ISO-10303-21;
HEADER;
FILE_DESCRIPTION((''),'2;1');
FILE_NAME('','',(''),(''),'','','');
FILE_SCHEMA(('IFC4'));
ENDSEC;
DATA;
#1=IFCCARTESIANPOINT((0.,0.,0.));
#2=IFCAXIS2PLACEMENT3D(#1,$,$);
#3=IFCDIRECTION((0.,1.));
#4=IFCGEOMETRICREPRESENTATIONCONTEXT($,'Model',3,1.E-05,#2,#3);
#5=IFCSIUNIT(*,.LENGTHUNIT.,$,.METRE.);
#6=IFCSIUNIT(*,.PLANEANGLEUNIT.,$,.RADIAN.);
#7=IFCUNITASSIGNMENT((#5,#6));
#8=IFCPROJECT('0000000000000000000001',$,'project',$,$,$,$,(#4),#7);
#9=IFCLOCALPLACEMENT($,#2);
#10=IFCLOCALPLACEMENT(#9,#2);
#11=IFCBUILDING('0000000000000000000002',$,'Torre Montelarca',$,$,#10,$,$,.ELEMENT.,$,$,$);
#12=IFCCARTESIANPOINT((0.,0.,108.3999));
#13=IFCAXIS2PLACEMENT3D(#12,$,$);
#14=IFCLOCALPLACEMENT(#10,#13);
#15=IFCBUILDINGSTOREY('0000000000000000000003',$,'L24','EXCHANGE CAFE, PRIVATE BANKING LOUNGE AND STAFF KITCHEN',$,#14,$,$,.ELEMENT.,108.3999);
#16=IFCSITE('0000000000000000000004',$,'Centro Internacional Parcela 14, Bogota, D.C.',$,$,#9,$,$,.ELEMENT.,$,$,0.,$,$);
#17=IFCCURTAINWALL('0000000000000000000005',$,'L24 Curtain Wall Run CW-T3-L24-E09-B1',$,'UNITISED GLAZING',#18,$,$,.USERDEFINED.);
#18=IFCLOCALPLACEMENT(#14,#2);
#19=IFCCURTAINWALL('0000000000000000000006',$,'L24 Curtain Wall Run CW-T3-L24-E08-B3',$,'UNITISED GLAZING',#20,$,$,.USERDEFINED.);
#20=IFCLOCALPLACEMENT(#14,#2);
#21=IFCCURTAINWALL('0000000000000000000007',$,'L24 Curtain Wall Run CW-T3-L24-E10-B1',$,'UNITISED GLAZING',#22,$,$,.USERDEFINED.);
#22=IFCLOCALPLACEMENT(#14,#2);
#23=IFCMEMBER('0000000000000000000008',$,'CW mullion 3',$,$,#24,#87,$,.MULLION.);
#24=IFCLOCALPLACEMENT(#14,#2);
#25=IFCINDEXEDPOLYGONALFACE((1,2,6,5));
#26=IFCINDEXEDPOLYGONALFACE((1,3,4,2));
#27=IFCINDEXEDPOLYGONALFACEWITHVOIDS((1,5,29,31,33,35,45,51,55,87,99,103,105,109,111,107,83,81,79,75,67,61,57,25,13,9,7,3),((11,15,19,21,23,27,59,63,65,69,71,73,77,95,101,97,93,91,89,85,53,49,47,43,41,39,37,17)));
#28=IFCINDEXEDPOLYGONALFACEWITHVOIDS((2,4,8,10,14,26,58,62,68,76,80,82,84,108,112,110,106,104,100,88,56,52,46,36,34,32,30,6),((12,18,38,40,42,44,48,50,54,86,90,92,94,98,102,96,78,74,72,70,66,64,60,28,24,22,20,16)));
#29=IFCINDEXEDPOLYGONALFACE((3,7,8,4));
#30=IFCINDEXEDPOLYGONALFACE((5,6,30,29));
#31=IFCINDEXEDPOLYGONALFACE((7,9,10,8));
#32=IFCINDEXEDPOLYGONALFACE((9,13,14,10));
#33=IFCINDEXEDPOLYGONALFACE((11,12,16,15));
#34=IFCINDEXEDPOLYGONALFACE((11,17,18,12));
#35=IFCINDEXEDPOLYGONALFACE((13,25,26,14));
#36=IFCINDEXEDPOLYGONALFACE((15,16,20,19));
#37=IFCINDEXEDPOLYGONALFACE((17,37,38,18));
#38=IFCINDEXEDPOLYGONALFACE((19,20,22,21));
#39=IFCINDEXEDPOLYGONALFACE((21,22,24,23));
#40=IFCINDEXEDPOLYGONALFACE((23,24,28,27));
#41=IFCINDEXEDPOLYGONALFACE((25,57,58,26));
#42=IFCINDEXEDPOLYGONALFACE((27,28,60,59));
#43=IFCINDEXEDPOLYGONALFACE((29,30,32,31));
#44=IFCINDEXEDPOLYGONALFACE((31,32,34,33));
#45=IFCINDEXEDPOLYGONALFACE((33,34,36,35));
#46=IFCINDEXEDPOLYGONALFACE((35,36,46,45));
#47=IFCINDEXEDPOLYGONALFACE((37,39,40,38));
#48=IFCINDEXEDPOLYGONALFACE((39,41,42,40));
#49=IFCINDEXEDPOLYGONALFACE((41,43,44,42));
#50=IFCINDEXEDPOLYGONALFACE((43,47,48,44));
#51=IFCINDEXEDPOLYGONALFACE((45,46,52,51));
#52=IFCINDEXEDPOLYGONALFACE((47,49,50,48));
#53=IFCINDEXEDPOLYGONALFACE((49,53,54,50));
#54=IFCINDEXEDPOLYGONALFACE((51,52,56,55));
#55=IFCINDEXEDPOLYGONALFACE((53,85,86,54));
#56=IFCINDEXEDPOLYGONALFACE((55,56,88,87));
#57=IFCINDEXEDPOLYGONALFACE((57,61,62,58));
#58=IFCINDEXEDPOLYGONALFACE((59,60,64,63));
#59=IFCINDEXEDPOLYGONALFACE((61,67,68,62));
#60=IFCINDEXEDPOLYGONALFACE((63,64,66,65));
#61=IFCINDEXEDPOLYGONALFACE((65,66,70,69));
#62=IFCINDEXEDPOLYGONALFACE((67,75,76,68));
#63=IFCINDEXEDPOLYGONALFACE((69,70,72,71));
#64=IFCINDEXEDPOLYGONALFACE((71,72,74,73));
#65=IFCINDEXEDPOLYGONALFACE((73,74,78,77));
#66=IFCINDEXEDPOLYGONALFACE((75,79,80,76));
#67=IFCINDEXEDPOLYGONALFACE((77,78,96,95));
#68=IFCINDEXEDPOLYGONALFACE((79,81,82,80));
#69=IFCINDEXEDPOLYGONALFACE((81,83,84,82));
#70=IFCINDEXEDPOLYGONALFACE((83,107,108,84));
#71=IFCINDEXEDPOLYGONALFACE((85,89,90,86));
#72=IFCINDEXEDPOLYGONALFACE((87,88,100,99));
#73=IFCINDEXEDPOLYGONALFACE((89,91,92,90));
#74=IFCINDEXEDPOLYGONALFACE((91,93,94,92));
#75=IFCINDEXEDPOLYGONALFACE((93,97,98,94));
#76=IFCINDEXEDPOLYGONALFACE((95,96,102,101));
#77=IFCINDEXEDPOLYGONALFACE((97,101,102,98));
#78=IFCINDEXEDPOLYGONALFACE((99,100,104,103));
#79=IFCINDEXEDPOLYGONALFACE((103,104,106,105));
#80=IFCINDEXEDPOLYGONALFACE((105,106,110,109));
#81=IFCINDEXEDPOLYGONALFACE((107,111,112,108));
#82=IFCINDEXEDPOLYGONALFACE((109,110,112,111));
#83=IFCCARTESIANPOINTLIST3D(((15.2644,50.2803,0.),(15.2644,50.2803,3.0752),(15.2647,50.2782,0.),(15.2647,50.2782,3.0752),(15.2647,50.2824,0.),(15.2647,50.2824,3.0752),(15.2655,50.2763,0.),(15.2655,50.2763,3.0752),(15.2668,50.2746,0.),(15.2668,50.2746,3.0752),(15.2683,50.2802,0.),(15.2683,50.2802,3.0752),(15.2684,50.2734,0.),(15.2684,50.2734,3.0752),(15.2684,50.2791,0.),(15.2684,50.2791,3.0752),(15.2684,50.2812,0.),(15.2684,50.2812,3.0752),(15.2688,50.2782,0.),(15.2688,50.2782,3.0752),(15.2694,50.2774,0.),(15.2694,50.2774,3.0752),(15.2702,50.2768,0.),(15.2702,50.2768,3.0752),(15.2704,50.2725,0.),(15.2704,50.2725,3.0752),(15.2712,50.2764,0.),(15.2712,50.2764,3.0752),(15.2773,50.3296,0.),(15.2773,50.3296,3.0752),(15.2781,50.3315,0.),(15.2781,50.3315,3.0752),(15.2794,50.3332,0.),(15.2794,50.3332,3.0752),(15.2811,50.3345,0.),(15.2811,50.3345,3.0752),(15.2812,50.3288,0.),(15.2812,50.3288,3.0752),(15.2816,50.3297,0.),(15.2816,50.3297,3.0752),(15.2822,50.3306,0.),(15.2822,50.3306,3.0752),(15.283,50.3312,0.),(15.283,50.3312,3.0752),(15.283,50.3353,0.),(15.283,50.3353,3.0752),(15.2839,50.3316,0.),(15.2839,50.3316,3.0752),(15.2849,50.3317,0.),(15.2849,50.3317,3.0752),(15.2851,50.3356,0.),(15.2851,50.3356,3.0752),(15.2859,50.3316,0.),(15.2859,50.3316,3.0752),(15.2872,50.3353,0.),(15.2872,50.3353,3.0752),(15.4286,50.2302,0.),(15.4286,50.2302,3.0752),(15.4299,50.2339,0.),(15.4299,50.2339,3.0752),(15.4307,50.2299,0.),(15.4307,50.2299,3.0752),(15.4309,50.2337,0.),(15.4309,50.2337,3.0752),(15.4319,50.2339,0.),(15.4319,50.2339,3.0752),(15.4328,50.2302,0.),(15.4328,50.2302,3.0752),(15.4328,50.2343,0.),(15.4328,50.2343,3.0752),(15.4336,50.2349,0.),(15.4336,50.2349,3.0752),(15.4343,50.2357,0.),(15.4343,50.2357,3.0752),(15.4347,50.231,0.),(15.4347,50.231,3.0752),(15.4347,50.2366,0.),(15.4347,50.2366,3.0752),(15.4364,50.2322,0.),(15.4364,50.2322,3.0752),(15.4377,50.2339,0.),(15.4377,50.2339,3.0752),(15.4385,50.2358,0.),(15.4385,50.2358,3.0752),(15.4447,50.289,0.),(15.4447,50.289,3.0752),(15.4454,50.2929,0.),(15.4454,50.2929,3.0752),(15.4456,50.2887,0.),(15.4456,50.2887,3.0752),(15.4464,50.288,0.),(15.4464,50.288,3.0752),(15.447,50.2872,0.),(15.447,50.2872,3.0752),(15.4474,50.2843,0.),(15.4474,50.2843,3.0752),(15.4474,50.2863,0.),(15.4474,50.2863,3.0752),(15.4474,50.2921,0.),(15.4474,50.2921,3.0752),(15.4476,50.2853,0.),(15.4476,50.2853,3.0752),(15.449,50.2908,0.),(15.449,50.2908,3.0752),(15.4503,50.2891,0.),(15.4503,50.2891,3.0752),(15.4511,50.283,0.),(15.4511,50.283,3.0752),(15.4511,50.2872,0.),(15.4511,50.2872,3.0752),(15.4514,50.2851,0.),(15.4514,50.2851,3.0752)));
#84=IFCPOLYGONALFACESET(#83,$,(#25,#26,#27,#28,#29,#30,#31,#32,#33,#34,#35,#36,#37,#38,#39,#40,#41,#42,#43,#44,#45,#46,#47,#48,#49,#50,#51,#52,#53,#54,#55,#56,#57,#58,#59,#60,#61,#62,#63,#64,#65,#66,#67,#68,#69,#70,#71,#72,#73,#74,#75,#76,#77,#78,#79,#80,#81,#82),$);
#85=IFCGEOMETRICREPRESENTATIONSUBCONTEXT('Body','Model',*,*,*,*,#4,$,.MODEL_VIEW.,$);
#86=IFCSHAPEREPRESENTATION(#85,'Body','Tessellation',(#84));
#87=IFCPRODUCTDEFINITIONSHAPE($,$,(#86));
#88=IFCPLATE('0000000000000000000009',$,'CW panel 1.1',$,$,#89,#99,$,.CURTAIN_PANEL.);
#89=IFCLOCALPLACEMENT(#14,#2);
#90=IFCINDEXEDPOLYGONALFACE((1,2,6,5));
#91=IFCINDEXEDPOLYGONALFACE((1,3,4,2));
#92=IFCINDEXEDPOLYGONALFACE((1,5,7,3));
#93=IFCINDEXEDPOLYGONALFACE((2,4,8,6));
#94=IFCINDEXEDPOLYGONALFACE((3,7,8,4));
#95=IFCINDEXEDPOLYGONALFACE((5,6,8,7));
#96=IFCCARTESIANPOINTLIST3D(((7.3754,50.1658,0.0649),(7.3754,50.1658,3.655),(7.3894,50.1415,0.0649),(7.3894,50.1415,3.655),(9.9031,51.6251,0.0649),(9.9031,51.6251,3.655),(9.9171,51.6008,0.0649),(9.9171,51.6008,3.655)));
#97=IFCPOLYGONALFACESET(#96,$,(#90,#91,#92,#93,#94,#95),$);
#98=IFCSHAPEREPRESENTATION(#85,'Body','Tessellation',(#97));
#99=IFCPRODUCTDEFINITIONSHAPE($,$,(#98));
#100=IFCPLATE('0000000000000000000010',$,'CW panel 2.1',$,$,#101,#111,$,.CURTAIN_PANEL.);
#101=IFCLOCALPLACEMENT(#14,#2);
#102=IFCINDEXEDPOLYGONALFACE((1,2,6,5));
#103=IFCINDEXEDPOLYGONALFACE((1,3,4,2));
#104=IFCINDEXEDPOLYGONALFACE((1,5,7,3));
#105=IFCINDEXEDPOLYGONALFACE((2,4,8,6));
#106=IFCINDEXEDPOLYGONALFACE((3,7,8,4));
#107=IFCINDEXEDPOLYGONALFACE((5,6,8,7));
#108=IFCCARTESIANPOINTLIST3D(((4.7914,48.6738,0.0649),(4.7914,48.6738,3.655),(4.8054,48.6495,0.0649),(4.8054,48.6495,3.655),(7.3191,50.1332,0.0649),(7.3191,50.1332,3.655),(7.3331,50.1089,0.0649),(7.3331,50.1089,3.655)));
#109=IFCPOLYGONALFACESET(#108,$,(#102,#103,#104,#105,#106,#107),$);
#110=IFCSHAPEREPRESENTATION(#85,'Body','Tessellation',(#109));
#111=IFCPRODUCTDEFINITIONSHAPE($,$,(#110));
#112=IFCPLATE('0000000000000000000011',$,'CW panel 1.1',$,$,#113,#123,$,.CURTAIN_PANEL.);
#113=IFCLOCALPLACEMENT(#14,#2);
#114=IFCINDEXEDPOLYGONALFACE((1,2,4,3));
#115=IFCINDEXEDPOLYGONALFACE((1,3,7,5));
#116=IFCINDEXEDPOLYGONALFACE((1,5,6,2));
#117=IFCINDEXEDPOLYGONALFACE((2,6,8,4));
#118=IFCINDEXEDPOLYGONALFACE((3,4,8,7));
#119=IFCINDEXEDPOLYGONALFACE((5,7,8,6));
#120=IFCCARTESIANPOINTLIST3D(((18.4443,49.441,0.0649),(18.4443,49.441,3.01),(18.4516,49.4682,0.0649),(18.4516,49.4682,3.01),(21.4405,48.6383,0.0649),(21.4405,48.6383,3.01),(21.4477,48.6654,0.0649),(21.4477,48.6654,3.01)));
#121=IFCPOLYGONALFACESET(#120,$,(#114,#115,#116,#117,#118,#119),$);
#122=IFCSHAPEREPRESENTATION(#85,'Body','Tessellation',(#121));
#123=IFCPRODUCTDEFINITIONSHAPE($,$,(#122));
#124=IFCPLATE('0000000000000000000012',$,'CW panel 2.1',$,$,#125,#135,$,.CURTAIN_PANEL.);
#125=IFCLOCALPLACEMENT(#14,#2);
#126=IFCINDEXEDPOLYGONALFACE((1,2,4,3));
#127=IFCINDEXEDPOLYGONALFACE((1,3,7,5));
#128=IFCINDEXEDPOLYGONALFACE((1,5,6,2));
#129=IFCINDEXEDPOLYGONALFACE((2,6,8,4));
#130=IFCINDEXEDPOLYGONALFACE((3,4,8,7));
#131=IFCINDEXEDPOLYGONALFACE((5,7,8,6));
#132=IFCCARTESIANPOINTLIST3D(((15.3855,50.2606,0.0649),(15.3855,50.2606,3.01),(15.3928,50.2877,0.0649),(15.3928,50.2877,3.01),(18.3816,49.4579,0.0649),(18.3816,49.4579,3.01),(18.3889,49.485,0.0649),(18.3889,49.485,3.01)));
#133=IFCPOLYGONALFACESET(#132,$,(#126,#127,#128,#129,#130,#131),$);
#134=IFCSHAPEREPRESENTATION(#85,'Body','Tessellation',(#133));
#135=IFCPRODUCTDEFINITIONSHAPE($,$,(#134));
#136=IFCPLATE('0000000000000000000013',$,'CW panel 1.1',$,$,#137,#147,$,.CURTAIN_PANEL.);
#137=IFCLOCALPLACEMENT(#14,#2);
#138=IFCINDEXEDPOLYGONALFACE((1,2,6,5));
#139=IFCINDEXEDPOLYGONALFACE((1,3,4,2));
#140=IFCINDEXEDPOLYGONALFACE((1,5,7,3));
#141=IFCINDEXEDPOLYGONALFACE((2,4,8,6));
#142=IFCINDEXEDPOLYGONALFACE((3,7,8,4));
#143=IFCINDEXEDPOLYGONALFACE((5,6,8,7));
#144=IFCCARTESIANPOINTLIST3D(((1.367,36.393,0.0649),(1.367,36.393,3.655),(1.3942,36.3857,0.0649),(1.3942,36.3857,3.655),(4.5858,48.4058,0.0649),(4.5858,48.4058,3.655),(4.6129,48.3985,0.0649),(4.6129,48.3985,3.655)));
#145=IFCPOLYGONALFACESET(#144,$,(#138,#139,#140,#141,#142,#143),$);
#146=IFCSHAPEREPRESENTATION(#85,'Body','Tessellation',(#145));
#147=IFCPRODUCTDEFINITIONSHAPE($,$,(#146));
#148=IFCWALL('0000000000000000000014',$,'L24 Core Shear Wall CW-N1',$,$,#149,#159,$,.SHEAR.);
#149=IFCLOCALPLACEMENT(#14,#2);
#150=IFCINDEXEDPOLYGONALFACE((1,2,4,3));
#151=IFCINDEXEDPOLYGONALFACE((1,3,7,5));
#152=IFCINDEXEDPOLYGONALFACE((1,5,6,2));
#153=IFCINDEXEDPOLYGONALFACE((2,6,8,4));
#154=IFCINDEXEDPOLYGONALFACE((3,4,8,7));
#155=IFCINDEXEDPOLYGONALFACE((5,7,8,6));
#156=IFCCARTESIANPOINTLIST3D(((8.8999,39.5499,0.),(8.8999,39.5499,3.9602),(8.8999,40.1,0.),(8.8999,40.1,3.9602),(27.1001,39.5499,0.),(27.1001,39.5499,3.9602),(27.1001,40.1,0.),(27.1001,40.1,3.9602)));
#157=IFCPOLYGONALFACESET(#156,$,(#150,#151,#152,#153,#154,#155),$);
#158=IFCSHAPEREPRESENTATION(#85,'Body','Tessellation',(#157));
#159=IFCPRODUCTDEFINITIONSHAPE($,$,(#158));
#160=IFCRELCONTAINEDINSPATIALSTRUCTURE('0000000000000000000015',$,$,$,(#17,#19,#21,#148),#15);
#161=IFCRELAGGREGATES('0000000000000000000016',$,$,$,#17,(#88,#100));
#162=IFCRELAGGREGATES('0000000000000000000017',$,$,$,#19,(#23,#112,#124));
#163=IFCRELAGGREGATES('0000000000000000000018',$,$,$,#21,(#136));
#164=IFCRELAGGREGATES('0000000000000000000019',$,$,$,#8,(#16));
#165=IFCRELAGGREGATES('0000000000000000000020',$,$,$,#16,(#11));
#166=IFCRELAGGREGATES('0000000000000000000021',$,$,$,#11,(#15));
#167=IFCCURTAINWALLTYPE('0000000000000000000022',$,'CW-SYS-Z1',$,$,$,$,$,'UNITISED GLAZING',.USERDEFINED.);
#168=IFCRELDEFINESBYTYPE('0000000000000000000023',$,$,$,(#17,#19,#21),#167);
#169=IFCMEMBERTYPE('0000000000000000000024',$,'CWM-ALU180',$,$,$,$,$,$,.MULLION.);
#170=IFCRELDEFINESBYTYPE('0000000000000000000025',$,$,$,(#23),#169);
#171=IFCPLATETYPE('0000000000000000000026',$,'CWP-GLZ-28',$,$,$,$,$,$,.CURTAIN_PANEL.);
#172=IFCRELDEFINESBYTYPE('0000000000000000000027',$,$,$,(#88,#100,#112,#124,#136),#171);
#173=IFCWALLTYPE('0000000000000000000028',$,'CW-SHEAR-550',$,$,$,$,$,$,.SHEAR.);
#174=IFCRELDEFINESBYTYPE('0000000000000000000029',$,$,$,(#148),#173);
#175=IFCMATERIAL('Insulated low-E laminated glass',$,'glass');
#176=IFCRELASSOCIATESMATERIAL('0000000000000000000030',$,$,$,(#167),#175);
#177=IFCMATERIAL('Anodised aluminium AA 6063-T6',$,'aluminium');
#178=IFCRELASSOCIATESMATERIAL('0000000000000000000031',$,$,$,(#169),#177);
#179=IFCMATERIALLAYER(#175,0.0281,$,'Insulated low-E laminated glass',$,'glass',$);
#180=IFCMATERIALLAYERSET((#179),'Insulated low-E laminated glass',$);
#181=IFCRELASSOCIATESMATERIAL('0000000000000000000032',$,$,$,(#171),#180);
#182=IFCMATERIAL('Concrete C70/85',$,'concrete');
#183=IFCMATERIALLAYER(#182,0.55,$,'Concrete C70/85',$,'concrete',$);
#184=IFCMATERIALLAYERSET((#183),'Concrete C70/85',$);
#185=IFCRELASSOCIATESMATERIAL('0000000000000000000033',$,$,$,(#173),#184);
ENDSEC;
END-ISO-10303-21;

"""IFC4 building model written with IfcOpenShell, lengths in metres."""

from ifc_helpers import new_model, si_unit, direction, frame, frame_2d, origin, origin_2d, place, context, subcontext, project, spatial, rectangle, hollow_rectangle, extrude, source, transform, mapped, material, layer, layer_set, material_profile, profile_set, type_object, element, aggregate, save


model = new_model("IFC4")

# Units and contexts
model_context = context("Model", 3, precision=1e-05, world=origin(), true_north=direction((0.0, 1.0)))
body_context = subcontext(model_context, "Body", "Model", "MODEL_VIEW")
ifc_project = project(units=[si_unit("LENGTHUNIT", "METRE"), si_unit("PLANEANGLEUNIT", "RADIAN")], contexts=[model_context])

# Site, building, storey
site_placement = place(None, origin())
site = spatial("IfcSite", under=ifc_project, at=site_placement, Name="Centro Internacional Parcela 14, Bogota, D.C.", CompositionType="ELEMENT", RefElevation=0.0)
building_placement = place(site_placement, origin())
building = spatial("IfcBuilding", under=site, at=building_placement, Name="Torre Montelarca", CompositionType="ELEMENT")
storey_placement = place(building_placement, frame((0.0, 0.0, 108.3999)))
storey = spatial("IfcBuildingStorey", under=building, at=storey_placement, Name="L24", Description="EXCHANGE CAFE, PRIVATE BANKING LOUNGE AND STAFF KITCHEN", CompositionType="ELEMENT", Elevation=108.3999)

# Shared definitions
ifc_material_1 = material(Name="Concrete C70/85", Category="concrete")

# Curtain walls
ifc_material_2 = material(Name="Insulated low-E laminated glass", Category="glass")
curtain_wall_type = type_object("IfcCurtainWallType", Name="CW-SYS-Z1", ElementType="UNITISED GLAZING", PredefinedType="USERDEFINED", material=ifc_material_2)
curtain_wall_1_placement = place(storey_placement, origin())
curtain_wall_1 = element("IfcCurtainWall", 1, at=curtain_wall_1_placement, inside=storey, type_object=curtain_wall_type, Name="L24 Curtain Wall Run CW-T3-L24-E09-B1", ObjectType="UNITISED GLAZING", PredefinedType="USERDEFINED")
ifc_material_3 = material(Name="Anodised aluminium AA 6063-T6", Category="aluminium")
curtain_wall_2_placement = place(storey_placement, origin())
curtain_wall_2 = element("IfcCurtainWall", 2, at=curtain_wall_2_placement, inside=storey, type_object=curtain_wall_type, Name="L24 Curtain Wall Run CW-T3-L24-E08-B3", ObjectType="UNITISED GLAZING", PredefinedType="USERDEFINED")
curtain_wall_3_placement = place(storey_placement, origin())
curtain_wall_3 = element("IfcCurtainWall", 3, at=curtain_wall_3_placement, inside=storey, type_object=curtain_wall_type, Name="L24 Curtain Wall Run CW-T3-L24-E10-B1", ObjectType="UNITISED GLAZING", PredefinedType="USERDEFINED")

# Member
ifc_material_profile_1 = material_profile(ifc_material_3, hollow_rectangle(XDim=0.0649, YDim=0.1799, WallThickness=0.0039, InnerFilletRadius=0.0039, OuterFilletRadius=0.0081, at=origin_2d()), Name="ALU65X180X4", Category="aluminium")
ifc_profile_set_1 = profile_set([ifc_material_profile_1], Name="Anodised aluminium AA 6063-T6")
member_type_1 = type_object("IfcMemberType", Name="CWM-ALU180", PredefinedType="MULLION", material=ifc_profile_set_1)
shared_shape_1 = source(origin(), body_context, "Body", "SweptSolid", [
    extrude(hollow_rectangle(XDim=0.0649, YDim=0.1799, WallThickness=0.0039, InnerFilletRadius=0.0039, OuterFilletRadius=0.0081, at=origin_2d()), origin(), (0.0, 0.0, 1.0), 3.0752),
])
member_1_placement = place(storey_placement, frame((15.3579, 50.2827, 0.0), z_axis=(0.0, 0.0, 1.0), x_axis=(-0.258806, -0.965929, 0.0)))
member_1 = element("IfcMember", 4, at=member_1_placement, type_object=member_type_1, Name="CW mullion 3", PredefinedType="MULLION", context=body_context, shape_type="MappedRepresentation", body=[
    mapped(shared_shape_1, transform((0.0, 0.0, 0.0), scale=1.0)),
])

# Plates
ifc_layer_1 = layer(ifc_material_2, 0.0281, Name="Insulated low-E laminated glass", Category="glass")
ifc_layer_set_1 = layer_set([ifc_layer_1], Name="Insulated low-E laminated glass")
plate_type = type_object("IfcPlateType", Name="CWP-GLZ-28", PredefinedType="CURTAIN_PANEL", material=ifc_layer_set_1)
shared_shape_2 = source(origin(), body_context, "Body", "SweptSolid", [
    extrude(rectangle(XDim=2.9187, YDim=0.0281, at=origin_2d()), origin(), (0.0, 0.0, 1.0), 3.5901),
])
plate_1_placement = place(storey_placement, frame((8.6462, 50.8833, 0.0649), z_axis=(0.0, 0.0, 1.0), x_axis=(-0.866025, -0.500001, 0.0)))
plate_1 = element("IfcPlate", 5, at=plate_1_placement, type_object=plate_type, Name="CW panel 1.1", PredefinedType="CURTAIN_PANEL", context=body_context, shape_type="MappedRepresentation", body=[
    mapped(shared_shape_2, transform((0.0, 0.0, 0.0), scale=1.0)),
])
plate_2_placement = place(storey_placement, frame((6.0623, 49.3914, 0.0649), z_axis=(0.0, 0.0, 1.0), x_axis=(-0.866025, -0.500001, 0.0)))
plate_2 = element("IfcPlate", 6, at=plate_2_placement, type_object=plate_type, Name="CW panel 2.1", PredefinedType="CURTAIN_PANEL", context=body_context, shape_type="MappedRepresentation", body=[
    mapped(shared_shape_2, transform((0.0, 0.0, 0.0), scale=1.0)),
])
aggregate(curtain_wall_1, [plate_1, plate_2])
shared_shape_3 = source(origin(), body_context, "Body", "SweptSolid", [
    extrude(rectangle(XDim=3.1018, YDim=0.0281, at=origin_2d()), origin(), (0.0, 0.0, 1.0), 2.9451),
])
plate_3_placement = place(storey_placement, frame((19.946, 49.0532, 0.0649), z_axis=(0.0, 0.0, 1.0), x_axis=(-0.965929, 0.258806, 0.0)))
plate_3 = element("IfcPlate", 7, at=plate_3_placement, type_object=plate_type, Name="CW panel 1.1", PredefinedType="CURTAIN_PANEL", context=body_context, shape_type="MappedRepresentation", body=[
    mapped(shared_shape_3, transform((0.0, 0.0, 0.0), scale=1.0)),
])
plate_4_placement = place(storey_placement, frame((16.8872, 49.8728, 0.0649), z_axis=(0.0, 0.0, 1.0), x_axis=(-0.965929, 0.258806, 0.0)))
plate_4 = element("IfcPlate", 8, at=plate_4_placement, type_object=plate_type, Name="CW panel 2.1", PredefinedType="CURTAIN_PANEL", context=body_context, shape_type="MappedRepresentation", body=[
    mapped(shared_shape_3, transform((0.0, 0.0, 0.0), scale=1.0)),
])
aggregate(curtain_wall_2, [member_1, plate_3, plate_4])
shared_shape_4 = source(origin(), body_context, "Body", "SweptSolid", [
    extrude(rectangle(XDim=12.4365, YDim=0.0281, at=origin_2d()), origin(), (0.0, 0.0, 1.0), 3.5901),
])
plate_5_placement = place(storey_placement, frame((2.99, 42.3958, 0.0649), z_axis=(0.0, 0.0, 1.0), x_axis=(-0.258818, -0.965926, 0.0)))
plate_5 = element("IfcPlate", 9, at=plate_5_placement, type_object=plate_type, Name="CW panel 1.1", PredefinedType="CURTAIN_PANEL", context=body_context, shape_type="MappedRepresentation", body=[
    mapped(shared_shape_4, transform((0.0, 0.0, 0.0), scale=1.0)),
])
aggregate(curtain_wall_3, [plate_5])

# Wall
ifc_layer_2 = layer(ifc_material_1, 0.55, Name="Concrete C70/85", Category="concrete")
ifc_layer_set_2 = layer_set([ifc_layer_2], Name="Concrete C70/85")
wall_type_1 = type_object("IfcWallType", Name="CW-SHEAR-550", PredefinedType="SHEAR", material=ifc_layer_set_2)
wall_1_placement = place(storey_placement, frame((8.8999, 39.825, 0.0), z_axis=(0.0, 0.0, 1.0), x_axis=(1.0, 0.0, 0.0)))
element("IfcWall", 10, at=wall_1_placement, inside=storey, type_object=wall_type_1, Name="L24 Core Shear Wall CW-N1", PredefinedType="SHEAR", context=body_context, shape_type="SweptSolid", body=[
    extrude(rectangle(XDim=18.2002, YDim=0.55, at=frame_2d((9.1001, 0.0))), origin(), (0.0, 0.0, 1.0), 3.9602),
])

save(model, "model.ifc")
